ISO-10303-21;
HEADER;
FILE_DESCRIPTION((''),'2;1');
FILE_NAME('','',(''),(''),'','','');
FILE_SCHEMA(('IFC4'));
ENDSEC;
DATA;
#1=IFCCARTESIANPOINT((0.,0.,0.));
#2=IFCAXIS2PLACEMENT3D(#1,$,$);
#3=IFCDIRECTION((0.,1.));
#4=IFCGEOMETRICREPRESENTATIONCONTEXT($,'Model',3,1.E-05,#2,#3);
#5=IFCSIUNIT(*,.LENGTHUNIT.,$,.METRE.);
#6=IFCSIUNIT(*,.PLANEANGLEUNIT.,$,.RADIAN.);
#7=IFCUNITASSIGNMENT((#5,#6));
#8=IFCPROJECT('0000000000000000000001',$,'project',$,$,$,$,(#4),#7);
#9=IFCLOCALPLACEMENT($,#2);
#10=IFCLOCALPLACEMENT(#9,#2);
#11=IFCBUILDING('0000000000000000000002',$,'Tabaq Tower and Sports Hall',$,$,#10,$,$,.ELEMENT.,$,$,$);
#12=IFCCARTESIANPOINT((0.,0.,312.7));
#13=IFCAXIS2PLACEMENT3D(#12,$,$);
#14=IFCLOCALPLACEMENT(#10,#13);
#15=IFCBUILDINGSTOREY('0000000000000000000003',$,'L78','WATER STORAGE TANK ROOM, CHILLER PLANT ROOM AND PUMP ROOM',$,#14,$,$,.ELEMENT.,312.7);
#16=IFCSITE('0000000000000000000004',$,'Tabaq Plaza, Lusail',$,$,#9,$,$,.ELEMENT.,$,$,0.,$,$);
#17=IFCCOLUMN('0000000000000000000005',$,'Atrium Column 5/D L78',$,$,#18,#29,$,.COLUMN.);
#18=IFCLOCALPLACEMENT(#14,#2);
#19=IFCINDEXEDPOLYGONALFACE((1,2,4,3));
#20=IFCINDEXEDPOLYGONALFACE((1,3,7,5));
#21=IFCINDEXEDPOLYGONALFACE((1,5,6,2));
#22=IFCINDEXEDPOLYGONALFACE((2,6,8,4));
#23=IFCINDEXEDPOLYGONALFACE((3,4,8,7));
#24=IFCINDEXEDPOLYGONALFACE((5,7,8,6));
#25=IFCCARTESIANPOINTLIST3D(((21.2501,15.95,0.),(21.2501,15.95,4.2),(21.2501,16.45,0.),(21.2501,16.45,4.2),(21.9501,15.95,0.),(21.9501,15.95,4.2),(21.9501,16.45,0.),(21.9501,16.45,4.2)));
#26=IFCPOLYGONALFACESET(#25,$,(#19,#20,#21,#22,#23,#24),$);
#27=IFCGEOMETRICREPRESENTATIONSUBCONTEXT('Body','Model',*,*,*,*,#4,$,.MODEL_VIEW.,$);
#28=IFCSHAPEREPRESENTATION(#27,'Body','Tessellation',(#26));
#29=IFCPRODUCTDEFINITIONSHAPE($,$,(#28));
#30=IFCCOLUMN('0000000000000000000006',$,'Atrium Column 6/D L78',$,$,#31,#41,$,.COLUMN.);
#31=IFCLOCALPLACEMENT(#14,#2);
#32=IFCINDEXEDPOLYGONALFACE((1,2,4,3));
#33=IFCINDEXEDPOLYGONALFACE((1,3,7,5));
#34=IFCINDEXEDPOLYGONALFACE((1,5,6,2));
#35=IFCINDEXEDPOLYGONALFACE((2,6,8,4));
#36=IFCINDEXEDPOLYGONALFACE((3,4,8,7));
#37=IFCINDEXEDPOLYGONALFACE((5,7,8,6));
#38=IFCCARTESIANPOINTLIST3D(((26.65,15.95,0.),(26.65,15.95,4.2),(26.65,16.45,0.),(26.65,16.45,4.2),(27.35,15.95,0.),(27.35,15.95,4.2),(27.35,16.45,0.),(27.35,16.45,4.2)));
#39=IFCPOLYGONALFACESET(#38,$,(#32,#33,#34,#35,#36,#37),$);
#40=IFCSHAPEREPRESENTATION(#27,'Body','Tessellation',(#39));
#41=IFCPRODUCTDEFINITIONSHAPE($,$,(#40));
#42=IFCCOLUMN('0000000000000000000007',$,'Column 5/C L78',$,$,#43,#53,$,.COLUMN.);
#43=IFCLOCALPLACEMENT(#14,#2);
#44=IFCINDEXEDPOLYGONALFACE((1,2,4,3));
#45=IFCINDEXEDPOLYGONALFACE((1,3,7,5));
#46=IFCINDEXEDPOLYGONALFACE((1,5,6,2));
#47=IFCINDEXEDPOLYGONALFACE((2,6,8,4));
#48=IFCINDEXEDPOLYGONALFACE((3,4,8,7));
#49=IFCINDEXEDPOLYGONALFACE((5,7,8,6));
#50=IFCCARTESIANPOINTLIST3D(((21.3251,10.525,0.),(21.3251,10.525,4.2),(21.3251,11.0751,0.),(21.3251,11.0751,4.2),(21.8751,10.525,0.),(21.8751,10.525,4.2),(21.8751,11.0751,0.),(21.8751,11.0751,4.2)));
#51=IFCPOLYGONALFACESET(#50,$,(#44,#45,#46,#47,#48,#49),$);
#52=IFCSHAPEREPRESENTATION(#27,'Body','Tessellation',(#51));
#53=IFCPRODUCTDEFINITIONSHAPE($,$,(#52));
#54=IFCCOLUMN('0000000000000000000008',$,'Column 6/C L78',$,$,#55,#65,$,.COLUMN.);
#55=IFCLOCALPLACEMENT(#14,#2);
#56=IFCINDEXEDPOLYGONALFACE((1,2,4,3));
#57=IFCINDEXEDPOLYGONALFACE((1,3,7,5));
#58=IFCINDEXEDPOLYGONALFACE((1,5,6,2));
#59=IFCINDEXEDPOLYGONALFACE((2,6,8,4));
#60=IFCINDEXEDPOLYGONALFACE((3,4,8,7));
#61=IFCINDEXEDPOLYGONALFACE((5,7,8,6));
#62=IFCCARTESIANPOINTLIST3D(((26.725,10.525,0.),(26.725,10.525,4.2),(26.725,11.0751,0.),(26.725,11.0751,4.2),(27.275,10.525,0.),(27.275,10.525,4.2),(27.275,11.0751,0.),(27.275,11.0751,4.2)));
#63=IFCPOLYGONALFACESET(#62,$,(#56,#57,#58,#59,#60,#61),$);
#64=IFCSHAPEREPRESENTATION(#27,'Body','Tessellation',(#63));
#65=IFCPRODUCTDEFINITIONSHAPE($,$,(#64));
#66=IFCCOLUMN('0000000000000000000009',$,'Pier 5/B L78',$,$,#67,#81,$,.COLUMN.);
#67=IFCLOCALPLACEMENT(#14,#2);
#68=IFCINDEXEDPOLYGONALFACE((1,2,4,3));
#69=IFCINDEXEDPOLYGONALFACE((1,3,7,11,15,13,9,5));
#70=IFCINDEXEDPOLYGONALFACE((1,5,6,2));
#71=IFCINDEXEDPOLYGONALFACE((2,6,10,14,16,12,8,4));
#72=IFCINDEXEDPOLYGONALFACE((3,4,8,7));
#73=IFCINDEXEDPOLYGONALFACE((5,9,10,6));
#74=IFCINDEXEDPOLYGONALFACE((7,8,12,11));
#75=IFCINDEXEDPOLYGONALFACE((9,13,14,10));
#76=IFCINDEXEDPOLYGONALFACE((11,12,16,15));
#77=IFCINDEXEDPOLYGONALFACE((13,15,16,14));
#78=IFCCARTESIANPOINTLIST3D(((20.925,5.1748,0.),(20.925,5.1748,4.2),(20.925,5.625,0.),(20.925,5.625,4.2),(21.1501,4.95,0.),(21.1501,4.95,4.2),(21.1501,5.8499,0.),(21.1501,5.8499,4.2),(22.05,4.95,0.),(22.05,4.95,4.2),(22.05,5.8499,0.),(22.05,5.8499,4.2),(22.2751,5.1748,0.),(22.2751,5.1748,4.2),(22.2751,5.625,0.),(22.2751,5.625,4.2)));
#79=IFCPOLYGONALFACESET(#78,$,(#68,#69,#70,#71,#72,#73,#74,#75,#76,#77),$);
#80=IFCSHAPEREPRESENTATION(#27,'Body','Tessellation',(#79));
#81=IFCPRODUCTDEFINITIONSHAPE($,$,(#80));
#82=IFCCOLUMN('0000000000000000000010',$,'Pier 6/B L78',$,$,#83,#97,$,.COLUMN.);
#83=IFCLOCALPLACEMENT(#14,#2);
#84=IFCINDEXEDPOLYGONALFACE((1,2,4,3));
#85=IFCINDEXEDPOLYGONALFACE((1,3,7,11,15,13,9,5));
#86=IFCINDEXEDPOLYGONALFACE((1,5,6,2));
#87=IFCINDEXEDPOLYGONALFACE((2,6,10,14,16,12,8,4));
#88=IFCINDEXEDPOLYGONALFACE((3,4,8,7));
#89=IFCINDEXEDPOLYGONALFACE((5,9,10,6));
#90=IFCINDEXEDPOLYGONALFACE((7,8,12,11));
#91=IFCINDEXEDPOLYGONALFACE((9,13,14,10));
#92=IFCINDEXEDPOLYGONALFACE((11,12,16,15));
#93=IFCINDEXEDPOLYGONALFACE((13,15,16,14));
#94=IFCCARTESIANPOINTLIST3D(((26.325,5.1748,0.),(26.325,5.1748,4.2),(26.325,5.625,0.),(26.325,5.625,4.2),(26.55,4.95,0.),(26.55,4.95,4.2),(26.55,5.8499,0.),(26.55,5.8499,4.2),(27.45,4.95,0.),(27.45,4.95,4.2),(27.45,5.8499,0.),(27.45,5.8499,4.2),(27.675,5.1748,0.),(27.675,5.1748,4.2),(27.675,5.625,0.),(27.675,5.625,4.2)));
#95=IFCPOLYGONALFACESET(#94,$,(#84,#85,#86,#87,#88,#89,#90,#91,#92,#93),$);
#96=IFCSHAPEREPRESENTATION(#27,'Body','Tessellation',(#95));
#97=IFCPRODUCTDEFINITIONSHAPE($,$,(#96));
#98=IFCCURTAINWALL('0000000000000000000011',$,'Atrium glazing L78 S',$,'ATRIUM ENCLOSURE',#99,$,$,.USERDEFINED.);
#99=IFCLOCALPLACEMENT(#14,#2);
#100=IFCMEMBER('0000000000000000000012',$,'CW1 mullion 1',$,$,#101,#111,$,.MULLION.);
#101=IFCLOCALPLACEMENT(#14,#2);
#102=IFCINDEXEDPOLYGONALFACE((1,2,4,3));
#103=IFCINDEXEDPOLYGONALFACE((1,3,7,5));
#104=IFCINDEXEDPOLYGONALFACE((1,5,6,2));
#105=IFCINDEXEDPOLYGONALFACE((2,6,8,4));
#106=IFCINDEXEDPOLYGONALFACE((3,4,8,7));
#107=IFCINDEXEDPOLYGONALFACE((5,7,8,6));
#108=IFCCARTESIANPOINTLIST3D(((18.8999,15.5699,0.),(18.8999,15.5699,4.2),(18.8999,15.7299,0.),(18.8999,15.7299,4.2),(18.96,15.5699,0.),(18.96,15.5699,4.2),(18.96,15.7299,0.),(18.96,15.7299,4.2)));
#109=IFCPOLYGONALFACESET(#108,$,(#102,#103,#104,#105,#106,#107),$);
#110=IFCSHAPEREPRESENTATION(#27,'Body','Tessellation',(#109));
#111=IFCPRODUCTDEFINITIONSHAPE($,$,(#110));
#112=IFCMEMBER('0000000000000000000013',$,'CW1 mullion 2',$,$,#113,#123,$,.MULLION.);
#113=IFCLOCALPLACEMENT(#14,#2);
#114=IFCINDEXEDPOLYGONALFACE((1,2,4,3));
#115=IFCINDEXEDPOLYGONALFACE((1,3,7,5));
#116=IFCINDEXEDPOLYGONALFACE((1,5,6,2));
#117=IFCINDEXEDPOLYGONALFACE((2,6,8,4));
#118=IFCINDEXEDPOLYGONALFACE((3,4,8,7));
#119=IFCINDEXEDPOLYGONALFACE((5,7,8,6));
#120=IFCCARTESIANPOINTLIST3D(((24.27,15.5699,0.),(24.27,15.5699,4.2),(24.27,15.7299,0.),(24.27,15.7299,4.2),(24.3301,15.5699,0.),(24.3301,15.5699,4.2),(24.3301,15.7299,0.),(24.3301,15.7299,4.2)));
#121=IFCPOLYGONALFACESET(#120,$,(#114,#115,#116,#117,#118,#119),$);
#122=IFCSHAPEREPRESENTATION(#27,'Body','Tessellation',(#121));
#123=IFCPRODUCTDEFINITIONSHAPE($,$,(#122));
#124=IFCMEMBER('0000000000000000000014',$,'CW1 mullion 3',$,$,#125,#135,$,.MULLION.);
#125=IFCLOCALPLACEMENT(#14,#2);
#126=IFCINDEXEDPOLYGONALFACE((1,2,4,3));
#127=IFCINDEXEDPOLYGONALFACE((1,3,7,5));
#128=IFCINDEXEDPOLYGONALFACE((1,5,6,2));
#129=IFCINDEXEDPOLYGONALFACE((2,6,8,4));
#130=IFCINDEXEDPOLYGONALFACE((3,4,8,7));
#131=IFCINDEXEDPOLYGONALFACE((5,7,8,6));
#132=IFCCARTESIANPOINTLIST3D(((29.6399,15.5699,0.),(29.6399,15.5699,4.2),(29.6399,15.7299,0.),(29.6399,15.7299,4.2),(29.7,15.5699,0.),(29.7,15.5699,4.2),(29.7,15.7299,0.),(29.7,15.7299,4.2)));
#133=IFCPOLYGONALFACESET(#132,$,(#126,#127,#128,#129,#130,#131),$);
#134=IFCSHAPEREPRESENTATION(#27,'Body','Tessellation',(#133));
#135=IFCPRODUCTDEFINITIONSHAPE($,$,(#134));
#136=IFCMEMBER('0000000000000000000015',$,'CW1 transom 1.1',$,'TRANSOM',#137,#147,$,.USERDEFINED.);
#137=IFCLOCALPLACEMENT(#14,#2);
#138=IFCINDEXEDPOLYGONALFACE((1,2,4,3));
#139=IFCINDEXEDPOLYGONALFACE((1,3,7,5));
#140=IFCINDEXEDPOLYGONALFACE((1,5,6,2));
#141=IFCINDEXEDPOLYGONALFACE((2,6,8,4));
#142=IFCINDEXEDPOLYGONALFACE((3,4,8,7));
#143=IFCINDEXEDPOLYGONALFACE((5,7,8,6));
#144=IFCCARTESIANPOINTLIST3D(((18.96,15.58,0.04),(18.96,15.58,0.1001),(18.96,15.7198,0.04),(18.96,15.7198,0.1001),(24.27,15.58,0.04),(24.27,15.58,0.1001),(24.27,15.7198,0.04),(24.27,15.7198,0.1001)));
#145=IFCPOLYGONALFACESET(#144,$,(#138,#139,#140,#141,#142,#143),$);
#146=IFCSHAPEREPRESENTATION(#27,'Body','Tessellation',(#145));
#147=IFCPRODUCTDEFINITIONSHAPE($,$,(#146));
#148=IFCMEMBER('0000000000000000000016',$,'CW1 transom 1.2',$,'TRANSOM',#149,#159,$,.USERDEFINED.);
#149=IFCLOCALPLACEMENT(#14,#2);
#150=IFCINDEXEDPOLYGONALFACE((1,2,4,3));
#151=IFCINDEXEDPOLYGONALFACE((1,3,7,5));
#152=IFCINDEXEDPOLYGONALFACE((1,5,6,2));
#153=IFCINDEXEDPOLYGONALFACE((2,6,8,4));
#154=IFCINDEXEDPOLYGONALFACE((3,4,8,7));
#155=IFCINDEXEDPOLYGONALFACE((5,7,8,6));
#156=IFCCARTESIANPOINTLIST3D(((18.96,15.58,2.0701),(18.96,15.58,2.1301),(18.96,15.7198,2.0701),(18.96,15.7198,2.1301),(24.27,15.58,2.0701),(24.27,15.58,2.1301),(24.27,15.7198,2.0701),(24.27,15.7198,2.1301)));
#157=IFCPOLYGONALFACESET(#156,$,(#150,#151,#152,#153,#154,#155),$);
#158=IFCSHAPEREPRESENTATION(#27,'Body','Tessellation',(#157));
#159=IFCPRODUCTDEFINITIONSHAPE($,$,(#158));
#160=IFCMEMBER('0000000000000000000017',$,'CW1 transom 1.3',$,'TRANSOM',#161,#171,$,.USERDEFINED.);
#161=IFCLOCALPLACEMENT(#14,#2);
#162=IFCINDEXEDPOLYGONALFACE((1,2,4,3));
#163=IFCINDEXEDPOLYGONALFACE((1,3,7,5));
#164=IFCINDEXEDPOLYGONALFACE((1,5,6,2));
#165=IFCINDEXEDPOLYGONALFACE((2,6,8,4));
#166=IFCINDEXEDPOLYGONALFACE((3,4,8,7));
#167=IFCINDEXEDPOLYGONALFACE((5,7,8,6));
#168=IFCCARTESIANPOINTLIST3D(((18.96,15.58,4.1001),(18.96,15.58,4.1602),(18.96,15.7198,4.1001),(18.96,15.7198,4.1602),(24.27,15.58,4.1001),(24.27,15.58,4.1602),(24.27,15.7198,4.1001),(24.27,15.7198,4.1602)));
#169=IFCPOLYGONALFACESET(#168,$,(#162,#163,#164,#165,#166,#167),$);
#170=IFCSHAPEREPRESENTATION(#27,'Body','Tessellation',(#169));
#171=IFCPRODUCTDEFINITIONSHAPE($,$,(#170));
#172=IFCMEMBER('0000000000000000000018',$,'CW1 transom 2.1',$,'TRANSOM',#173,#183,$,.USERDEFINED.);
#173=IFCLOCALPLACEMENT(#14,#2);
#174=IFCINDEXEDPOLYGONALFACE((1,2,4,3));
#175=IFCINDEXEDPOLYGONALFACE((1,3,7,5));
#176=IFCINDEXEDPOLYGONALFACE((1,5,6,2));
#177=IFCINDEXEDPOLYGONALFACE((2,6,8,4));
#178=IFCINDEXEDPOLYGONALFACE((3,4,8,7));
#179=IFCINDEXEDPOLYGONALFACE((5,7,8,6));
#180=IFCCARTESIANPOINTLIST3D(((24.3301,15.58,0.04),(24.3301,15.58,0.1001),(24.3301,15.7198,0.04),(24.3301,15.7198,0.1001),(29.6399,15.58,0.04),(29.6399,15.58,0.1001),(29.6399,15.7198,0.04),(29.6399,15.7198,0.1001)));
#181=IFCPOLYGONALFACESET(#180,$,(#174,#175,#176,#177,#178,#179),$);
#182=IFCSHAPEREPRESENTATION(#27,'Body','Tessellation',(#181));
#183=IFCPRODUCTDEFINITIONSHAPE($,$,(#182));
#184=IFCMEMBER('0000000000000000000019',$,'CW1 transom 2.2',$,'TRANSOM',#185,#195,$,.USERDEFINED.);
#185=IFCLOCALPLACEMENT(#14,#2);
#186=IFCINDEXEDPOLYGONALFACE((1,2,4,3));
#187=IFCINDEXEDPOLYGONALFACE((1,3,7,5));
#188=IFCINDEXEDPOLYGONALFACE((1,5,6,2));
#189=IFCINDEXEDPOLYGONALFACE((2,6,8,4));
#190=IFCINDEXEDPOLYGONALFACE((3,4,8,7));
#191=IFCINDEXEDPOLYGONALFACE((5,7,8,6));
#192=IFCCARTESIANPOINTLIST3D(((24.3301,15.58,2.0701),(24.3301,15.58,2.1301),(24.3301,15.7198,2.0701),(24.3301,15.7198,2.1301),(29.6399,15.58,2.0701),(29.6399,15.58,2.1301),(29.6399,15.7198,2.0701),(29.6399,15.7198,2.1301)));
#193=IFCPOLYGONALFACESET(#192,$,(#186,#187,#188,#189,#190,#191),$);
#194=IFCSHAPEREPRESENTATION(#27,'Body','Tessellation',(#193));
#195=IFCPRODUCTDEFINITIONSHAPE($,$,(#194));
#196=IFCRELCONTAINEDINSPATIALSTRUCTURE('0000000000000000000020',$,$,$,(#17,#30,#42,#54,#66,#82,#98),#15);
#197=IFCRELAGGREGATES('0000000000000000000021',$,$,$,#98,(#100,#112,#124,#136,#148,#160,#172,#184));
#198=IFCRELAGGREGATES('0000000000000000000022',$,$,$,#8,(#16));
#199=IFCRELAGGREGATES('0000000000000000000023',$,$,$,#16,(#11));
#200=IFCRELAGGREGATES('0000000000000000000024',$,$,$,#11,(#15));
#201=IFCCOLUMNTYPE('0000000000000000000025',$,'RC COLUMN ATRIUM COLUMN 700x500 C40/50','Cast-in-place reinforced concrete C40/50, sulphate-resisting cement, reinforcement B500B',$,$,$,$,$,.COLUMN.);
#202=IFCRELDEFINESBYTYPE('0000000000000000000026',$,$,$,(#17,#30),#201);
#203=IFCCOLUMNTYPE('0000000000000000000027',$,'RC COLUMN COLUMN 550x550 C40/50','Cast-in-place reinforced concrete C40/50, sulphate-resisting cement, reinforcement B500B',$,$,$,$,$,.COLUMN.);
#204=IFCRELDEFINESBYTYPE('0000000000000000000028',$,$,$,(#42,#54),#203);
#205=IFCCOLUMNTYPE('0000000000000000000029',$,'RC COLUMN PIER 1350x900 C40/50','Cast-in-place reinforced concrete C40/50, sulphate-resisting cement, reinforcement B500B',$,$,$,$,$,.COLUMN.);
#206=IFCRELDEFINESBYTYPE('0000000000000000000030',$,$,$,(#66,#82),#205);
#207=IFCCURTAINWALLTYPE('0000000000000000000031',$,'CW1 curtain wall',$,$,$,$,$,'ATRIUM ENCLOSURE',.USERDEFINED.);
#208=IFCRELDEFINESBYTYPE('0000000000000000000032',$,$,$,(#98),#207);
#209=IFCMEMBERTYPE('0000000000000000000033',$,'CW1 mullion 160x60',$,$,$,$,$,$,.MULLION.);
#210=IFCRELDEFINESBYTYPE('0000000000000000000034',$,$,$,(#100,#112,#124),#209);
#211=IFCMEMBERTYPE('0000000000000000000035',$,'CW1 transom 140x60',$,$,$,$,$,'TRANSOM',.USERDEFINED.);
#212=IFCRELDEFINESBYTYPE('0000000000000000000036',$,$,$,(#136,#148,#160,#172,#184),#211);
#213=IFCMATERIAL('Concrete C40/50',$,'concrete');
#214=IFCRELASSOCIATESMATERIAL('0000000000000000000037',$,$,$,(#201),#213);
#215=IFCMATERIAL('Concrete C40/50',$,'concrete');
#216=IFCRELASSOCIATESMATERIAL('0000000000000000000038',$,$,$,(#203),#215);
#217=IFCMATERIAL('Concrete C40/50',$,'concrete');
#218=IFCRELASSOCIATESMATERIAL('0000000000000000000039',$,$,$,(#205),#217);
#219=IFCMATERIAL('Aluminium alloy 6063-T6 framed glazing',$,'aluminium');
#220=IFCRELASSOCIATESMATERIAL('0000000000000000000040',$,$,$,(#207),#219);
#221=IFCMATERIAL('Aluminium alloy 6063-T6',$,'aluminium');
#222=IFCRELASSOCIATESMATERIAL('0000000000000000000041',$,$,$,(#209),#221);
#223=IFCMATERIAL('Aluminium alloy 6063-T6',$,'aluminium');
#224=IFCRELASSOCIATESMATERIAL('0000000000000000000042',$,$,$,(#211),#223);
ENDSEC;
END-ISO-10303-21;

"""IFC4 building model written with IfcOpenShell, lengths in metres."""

from ifc_helpers import new_model, si_unit, direction, frame, origin, origin_2d, place, context, subcontext, project, spatial, polyline, rectangle, outline, extrude, material, material_profile, profile_set, type_object, element, aggregate, save


model = new_model("IFC4")

# Units and contexts
model_context = context("Model", 3, precision=1e-05, world=origin(), true_north=direction((0.0, 1.0)))
body_context = subcontext(model_context, "Body", "Model", "MODEL_VIEW")
ifc_project = project(units=[si_unit("LENGTHUNIT", "METRE"), si_unit("PLANEANGLEUNIT", "RADIAN")], contexts=[model_context])

# Site, building, storey
site_placement = place(None, origin())
site = spatial("IfcSite", under=ifc_project, at=site_placement, Name="Tabaq Plaza, Lusail", CompositionType="ELEMENT", RefElevation=0.0)
building_placement = place(site_placement, origin())
building = spatial("IfcBuilding", under=site, at=building_placement, Name="Tabaq Tower and Sports Hall", CompositionType="ELEMENT")
storey_placement = place(building_placement, frame((0.0, 0.0, 312.7)))
storey = spatial("IfcBuildingStorey", under=building, at=storey_placement, Name="L78", Description="WATER STORAGE TANK ROOM, CHILLER PLANT ROOM AND PUMP ROOM", CompositionType="ELEMENT", Elevation=312.7)

# Columns
ifc_material_1 = material(Name="Concrete C40/50", Category="concrete")
ifc_material_profile_1 = material_profile(ifc_material_1, rectangle(XDim=0.7, YDim=0.5, at=origin_2d()), Name="ATRIUM COLUMN 700x500")
ifc_profile_set_1 = profile_set([ifc_material_profile_1], Name="Concrete C40/50")
column_type_1 = type_object("IfcColumnType", Name="RC COLUMN ATRIUM COLUMN 700x500 C40/50", Description="Cast-in-place reinforced concrete C40/50, sulphate-resisting cement, reinforcement B500B", PredefinedType="COLUMN", material=ifc_profile_set_1)
for number, where, z_axis, x_axis, name in (
    (1, (21.6001, 16.2, 0.0), (0.0, 0.0, 1.0), (1.0, 0.0, 0.0), "Atrium Column 5/D L78"),
    (2, (27.0, 16.2, 0.0), (0.0, 0.0, 1.0), (1.0, 0.0, 0.0), "Atrium Column 6/D L78"),
):
    element("IfcColumn", number, at=place(storey_placement, frame(where, z_axis=z_axis, x_axis=x_axis)), inside=storey, type_object=column_type_1, Name=name, PredefinedType="COLUMN", context=body_context, shape_type="SweptSolid", body=[
        extrude(rectangle(XDim=0.7, YDim=0.5, at=origin_2d()), origin(), (0.0, 0.0, 1.0), 4.2),
    ])
ifc_material_2 = material(Name="Concrete C40/50", Category="concrete")
ifc_material_profile_2 = material_profile(ifc_material_2, rectangle(XDim=0.55, YDim=0.55, at=origin_2d()), Name="COLUMN 550x550")
ifc_profile_set_2 = profile_set([ifc_material_profile_2], Name="Concrete C40/50")
column_type_2 = type_object("IfcColumnType", Name="RC COLUMN COLUMN 550x550 C40/50", Description="Cast-in-place reinforced concrete C40/50, sulphate-resisting cement, reinforcement B500B", PredefinedType="COLUMN", material=ifc_profile_set_2)
for number, where, z_axis, x_axis, name in (
    (3, (21.6001, 10.8, 0.0), (0.0, 0.0, 1.0), (1.0, 0.0, 0.0), "Column 5/C L78"),
    (4, (27.0, 10.8, 0.0), (0.0, 0.0, 1.0), (1.0, 0.0, 0.0), "Column 6/C L78"),
):
    element("IfcColumn", number, at=place(storey_placement, frame(where, z_axis=z_axis, x_axis=x_axis)), inside=storey, type_object=column_type_2, Name=name, PredefinedType="COLUMN", context=body_context, shape_type="SweptSolid", body=[
        extrude(rectangle(XDim=0.55, YDim=0.55, at=origin_2d()), origin(), (0.0, 0.0, 1.0), 4.2),
    ])
ifc_material_3 = material(Name="Concrete C40/50", Category="concrete")
ifc_material_profile_3 = material_profile(ifc_material_3, outline(polyline([(-0.45, -0.45), (0.45, -0.45), (0.675, -0.2251), (0.675, 0.2251), (0.45, 0.45), (-0.45, 0.45), (-0.675, 0.2251), (-0.675, -0.2251), (-0.45, -0.45)])), Name="PIER 1350x900")
ifc_profile_set_3 = profile_set([ifc_material_profile_3], Name="Concrete C40/50")
column_type_3 = type_object("IfcColumnType", Name="RC COLUMN PIER 1350x900 C40/50", Description="Cast-in-place reinforced concrete C40/50, sulphate-resisting cement, reinforcement B500B", PredefinedType="COLUMN", material=ifc_profile_set_3)
for number, where, z_axis, x_axis, name in (
    (5, (21.6001, 5.3999, 0.0), (0.0, 0.0, 1.0), (1.0, 0.0, 0.0), "Pier 5/B L78"),
    (6, (27.0, 5.3999, 0.0), (0.0, 0.0, 1.0), (1.0, 0.0, 0.0), "Pier 6/B L78"),
):
    element("IfcColumn", number, at=place(storey_placement, frame(where, z_axis=z_axis, x_axis=x_axis)), inside=storey, type_object=column_type_3, Name=name, PredefinedType="COLUMN", context=body_context, shape_type="SweptSolid", body=[
        extrude(outline(polyline([(-0.45, -0.45), (0.45, -0.45), (0.675, -0.2251), (0.675, 0.2251), (0.45, 0.45), (-0.45, 0.45), (-0.675, 0.2251), (-0.675, -0.2251), (-0.45, -0.45)])), origin(), (0.0, 0.0, 1.0), 4.2),
    ])

# Curtain wall, members
ifc_material_4 = material(Name="Aluminium alloy 6063-T6 framed glazing", Category="aluminium")
curtain_wall_type = type_object("IfcCurtainWallType", Name="CW1 curtain wall", ElementType="ATRIUM ENCLOSURE", PredefinedType="USERDEFINED", material=ifc_material_4)
curtain_wall_placement = place(storey_placement, origin())
curtain_wall = element("IfcCurtainWall", 7, at=curtain_wall_placement, inside=storey, type_object=curtain_wall_type, Name="Atrium glazing L78 S", ObjectType="ATRIUM ENCLOSURE", PredefinedType="USERDEFINED")
ifc_material_5 = material(Name="Aluminium alloy 6063-T6", Category="aluminium")
ifc_material_profile_4 = material_profile(ifc_material_5, rectangle(XDim=0.1599, YDim=0.0601, at=origin_2d()), Name="MULLION 160x60")
ifc_profile_set_4 = profile_set([ifc_material_profile_4], Name="Aluminium alloy 6063-T6")
member_type_1 = type_object("IfcMemberType", Name="CW1 mullion 160x60", PredefinedType="MULLION", material=ifc_profile_set_4)
member_1_placement = place(storey_placement, frame((18.9299, 15.6499, 0.0), z_axis=(0.0, 0.0, 1.0), x_axis=(0.0, 1.0, 0.0)))
member_1 = element("IfcMember", 8, at=member_1_placement, type_object=member_type_1, Name="CW1 mullion 1", PredefinedType="MULLION", context=body_context, shape_type="SweptSolid", body=[
    extrude(rectangle(XDim=0.1599, YDim=0.0601, at=origin_2d()), origin(), (0.0, 0.0, 1.0), 4.2),
])
member_2_placement = place(storey_placement, frame((24.3, 15.6499, 0.0), z_axis=(0.0, 0.0, 1.0), x_axis=(0.0, 1.0, 0.0)))
member_2 = element("IfcMember", 9, at=member_2_placement, type_object=member_type_1, Name="CW1 mullion 2", PredefinedType="MULLION", context=body_context, shape_type="SweptSolid", body=[
    extrude(rectangle(XDim=0.1599, YDim=0.0601, at=origin_2d()), origin(), (0.0, 0.0, 1.0), 4.2),
])
member_3_placement = place(storey_placement, frame((29.6699, 15.6499, 0.0), z_axis=(0.0, 0.0, 1.0), x_axis=(0.0, 1.0, 0.0)))
member_3 = element("IfcMember", 10, at=member_3_placement, type_object=member_type_1, Name="CW1 mullion 3", PredefinedType="MULLION", context=body_context, shape_type="SweptSolid", body=[
    extrude(rectangle(XDim=0.1599, YDim=0.0601, at=origin_2d()), origin(), (0.0, 0.0, 1.0), 4.2),
])
ifc_material_6 = material(Name="Aluminium alloy 6063-T6", Category="aluminium")
ifc_material_profile_5 = material_profile(ifc_material_6, rectangle(XDim=0.1399, YDim=0.0601, at=origin_2d()), Name="TRANSOM 140x60")
ifc_profile_set_5 = profile_set([ifc_material_profile_5], Name="Aluminium alloy 6063-T6")
member_type_2 = type_object("IfcMemberType", Name="CW1 transom 140x60", ElementType="TRANSOM", PredefinedType="USERDEFINED", material=ifc_profile_set_5)
member_4_placement = place(storey_placement, frame((18.96, 15.6499, 0.0701), z_axis=(1.0, 0.0, 0.0), x_axis=(0.0, 1.0, 0.0)))
member_4 = element("IfcMember", 11, at=member_4_placement, type_object=member_type_2, Name="CW1 transom 1.1", ObjectType="TRANSOM", PredefinedType="USERDEFINED", context=body_context, shape_type="SweptSolid", body=[
    extrude(rectangle(XDim=0.1399, YDim=0.0601, at=origin_2d()), origin(), (0.0, 0.0, 1.0), 5.3101),
])
member_5_placement = place(storey_placement, frame((18.96, 15.6499, 2.1001), z_axis=(1.0, 0.0, 0.0), x_axis=(0.0, 1.0, 0.0)))
member_5 = element("IfcMember", 12, at=member_5_placement, type_object=member_type_2, Name="CW1 transom 1.2", ObjectType="TRANSOM", PredefinedType="USERDEFINED", context=body_context, shape_type="SweptSolid", body=[
    extrude(rectangle(XDim=0.1399, YDim=0.0601, at=origin_2d()), origin(), (0.0, 0.0, 1.0), 5.3101),
])
member_6_placement = place(storey_placement, frame((18.96, 15.6499, 4.1301), z_axis=(1.0, 0.0, 0.0), x_axis=(0.0, 1.0, 0.0)))
member_6 = element("IfcMember", 13, at=member_6_placement, type_object=member_type_2, Name="CW1 transom 1.3", ObjectType="TRANSOM", PredefinedType="USERDEFINED", context=body_context, shape_type="SweptSolid", body=[
    extrude(rectangle(XDim=0.1399, YDim=0.0601, at=origin_2d()), origin(), (0.0, 0.0, 1.0), 5.3101),
])
member_7_placement = place(storey_placement, frame((24.3301, 15.6499, 0.0701), z_axis=(1.0, 0.0, 0.0), x_axis=(0.0, 1.0, 0.0)))
member_7 = element("IfcMember", 14, at=member_7_placement, type_object=member_type_2, Name="CW1 transom 2.1", ObjectType="TRANSOM", PredefinedType="USERDEFINED", context=body_context, shape_type="SweptSolid", body=[
    extrude(rectangle(XDim=0.1399, YDim=0.0601, at=origin_2d()), origin(), (0.0, 0.0, 1.0), 5.3098),
])
member_8_placement = place(storey_placement, frame((24.3301, 15.6499, 2.1001), z_axis=(1.0, 0.0, 0.0), x_axis=(0.0, 1.0, 0.0)))
member_8 = element("IfcMember", 15, at=member_8_placement, type_object=member_type_2, Name="CW1 transom 2.2", ObjectType="TRANSOM", PredefinedType="USERDEFINED", context=body_context, shape_type="SweptSolid", body=[
    extrude(rectangle(XDim=0.1399, YDim=0.0601, at=origin_2d()), origin(), (0.0, 0.0, 1.0), 5.3098),
])
aggregate(curtain_wall, [member_1, member_2, member_3, member_4, member_5, member_6, member_7, member_8])

save(model, "model.ifc")
